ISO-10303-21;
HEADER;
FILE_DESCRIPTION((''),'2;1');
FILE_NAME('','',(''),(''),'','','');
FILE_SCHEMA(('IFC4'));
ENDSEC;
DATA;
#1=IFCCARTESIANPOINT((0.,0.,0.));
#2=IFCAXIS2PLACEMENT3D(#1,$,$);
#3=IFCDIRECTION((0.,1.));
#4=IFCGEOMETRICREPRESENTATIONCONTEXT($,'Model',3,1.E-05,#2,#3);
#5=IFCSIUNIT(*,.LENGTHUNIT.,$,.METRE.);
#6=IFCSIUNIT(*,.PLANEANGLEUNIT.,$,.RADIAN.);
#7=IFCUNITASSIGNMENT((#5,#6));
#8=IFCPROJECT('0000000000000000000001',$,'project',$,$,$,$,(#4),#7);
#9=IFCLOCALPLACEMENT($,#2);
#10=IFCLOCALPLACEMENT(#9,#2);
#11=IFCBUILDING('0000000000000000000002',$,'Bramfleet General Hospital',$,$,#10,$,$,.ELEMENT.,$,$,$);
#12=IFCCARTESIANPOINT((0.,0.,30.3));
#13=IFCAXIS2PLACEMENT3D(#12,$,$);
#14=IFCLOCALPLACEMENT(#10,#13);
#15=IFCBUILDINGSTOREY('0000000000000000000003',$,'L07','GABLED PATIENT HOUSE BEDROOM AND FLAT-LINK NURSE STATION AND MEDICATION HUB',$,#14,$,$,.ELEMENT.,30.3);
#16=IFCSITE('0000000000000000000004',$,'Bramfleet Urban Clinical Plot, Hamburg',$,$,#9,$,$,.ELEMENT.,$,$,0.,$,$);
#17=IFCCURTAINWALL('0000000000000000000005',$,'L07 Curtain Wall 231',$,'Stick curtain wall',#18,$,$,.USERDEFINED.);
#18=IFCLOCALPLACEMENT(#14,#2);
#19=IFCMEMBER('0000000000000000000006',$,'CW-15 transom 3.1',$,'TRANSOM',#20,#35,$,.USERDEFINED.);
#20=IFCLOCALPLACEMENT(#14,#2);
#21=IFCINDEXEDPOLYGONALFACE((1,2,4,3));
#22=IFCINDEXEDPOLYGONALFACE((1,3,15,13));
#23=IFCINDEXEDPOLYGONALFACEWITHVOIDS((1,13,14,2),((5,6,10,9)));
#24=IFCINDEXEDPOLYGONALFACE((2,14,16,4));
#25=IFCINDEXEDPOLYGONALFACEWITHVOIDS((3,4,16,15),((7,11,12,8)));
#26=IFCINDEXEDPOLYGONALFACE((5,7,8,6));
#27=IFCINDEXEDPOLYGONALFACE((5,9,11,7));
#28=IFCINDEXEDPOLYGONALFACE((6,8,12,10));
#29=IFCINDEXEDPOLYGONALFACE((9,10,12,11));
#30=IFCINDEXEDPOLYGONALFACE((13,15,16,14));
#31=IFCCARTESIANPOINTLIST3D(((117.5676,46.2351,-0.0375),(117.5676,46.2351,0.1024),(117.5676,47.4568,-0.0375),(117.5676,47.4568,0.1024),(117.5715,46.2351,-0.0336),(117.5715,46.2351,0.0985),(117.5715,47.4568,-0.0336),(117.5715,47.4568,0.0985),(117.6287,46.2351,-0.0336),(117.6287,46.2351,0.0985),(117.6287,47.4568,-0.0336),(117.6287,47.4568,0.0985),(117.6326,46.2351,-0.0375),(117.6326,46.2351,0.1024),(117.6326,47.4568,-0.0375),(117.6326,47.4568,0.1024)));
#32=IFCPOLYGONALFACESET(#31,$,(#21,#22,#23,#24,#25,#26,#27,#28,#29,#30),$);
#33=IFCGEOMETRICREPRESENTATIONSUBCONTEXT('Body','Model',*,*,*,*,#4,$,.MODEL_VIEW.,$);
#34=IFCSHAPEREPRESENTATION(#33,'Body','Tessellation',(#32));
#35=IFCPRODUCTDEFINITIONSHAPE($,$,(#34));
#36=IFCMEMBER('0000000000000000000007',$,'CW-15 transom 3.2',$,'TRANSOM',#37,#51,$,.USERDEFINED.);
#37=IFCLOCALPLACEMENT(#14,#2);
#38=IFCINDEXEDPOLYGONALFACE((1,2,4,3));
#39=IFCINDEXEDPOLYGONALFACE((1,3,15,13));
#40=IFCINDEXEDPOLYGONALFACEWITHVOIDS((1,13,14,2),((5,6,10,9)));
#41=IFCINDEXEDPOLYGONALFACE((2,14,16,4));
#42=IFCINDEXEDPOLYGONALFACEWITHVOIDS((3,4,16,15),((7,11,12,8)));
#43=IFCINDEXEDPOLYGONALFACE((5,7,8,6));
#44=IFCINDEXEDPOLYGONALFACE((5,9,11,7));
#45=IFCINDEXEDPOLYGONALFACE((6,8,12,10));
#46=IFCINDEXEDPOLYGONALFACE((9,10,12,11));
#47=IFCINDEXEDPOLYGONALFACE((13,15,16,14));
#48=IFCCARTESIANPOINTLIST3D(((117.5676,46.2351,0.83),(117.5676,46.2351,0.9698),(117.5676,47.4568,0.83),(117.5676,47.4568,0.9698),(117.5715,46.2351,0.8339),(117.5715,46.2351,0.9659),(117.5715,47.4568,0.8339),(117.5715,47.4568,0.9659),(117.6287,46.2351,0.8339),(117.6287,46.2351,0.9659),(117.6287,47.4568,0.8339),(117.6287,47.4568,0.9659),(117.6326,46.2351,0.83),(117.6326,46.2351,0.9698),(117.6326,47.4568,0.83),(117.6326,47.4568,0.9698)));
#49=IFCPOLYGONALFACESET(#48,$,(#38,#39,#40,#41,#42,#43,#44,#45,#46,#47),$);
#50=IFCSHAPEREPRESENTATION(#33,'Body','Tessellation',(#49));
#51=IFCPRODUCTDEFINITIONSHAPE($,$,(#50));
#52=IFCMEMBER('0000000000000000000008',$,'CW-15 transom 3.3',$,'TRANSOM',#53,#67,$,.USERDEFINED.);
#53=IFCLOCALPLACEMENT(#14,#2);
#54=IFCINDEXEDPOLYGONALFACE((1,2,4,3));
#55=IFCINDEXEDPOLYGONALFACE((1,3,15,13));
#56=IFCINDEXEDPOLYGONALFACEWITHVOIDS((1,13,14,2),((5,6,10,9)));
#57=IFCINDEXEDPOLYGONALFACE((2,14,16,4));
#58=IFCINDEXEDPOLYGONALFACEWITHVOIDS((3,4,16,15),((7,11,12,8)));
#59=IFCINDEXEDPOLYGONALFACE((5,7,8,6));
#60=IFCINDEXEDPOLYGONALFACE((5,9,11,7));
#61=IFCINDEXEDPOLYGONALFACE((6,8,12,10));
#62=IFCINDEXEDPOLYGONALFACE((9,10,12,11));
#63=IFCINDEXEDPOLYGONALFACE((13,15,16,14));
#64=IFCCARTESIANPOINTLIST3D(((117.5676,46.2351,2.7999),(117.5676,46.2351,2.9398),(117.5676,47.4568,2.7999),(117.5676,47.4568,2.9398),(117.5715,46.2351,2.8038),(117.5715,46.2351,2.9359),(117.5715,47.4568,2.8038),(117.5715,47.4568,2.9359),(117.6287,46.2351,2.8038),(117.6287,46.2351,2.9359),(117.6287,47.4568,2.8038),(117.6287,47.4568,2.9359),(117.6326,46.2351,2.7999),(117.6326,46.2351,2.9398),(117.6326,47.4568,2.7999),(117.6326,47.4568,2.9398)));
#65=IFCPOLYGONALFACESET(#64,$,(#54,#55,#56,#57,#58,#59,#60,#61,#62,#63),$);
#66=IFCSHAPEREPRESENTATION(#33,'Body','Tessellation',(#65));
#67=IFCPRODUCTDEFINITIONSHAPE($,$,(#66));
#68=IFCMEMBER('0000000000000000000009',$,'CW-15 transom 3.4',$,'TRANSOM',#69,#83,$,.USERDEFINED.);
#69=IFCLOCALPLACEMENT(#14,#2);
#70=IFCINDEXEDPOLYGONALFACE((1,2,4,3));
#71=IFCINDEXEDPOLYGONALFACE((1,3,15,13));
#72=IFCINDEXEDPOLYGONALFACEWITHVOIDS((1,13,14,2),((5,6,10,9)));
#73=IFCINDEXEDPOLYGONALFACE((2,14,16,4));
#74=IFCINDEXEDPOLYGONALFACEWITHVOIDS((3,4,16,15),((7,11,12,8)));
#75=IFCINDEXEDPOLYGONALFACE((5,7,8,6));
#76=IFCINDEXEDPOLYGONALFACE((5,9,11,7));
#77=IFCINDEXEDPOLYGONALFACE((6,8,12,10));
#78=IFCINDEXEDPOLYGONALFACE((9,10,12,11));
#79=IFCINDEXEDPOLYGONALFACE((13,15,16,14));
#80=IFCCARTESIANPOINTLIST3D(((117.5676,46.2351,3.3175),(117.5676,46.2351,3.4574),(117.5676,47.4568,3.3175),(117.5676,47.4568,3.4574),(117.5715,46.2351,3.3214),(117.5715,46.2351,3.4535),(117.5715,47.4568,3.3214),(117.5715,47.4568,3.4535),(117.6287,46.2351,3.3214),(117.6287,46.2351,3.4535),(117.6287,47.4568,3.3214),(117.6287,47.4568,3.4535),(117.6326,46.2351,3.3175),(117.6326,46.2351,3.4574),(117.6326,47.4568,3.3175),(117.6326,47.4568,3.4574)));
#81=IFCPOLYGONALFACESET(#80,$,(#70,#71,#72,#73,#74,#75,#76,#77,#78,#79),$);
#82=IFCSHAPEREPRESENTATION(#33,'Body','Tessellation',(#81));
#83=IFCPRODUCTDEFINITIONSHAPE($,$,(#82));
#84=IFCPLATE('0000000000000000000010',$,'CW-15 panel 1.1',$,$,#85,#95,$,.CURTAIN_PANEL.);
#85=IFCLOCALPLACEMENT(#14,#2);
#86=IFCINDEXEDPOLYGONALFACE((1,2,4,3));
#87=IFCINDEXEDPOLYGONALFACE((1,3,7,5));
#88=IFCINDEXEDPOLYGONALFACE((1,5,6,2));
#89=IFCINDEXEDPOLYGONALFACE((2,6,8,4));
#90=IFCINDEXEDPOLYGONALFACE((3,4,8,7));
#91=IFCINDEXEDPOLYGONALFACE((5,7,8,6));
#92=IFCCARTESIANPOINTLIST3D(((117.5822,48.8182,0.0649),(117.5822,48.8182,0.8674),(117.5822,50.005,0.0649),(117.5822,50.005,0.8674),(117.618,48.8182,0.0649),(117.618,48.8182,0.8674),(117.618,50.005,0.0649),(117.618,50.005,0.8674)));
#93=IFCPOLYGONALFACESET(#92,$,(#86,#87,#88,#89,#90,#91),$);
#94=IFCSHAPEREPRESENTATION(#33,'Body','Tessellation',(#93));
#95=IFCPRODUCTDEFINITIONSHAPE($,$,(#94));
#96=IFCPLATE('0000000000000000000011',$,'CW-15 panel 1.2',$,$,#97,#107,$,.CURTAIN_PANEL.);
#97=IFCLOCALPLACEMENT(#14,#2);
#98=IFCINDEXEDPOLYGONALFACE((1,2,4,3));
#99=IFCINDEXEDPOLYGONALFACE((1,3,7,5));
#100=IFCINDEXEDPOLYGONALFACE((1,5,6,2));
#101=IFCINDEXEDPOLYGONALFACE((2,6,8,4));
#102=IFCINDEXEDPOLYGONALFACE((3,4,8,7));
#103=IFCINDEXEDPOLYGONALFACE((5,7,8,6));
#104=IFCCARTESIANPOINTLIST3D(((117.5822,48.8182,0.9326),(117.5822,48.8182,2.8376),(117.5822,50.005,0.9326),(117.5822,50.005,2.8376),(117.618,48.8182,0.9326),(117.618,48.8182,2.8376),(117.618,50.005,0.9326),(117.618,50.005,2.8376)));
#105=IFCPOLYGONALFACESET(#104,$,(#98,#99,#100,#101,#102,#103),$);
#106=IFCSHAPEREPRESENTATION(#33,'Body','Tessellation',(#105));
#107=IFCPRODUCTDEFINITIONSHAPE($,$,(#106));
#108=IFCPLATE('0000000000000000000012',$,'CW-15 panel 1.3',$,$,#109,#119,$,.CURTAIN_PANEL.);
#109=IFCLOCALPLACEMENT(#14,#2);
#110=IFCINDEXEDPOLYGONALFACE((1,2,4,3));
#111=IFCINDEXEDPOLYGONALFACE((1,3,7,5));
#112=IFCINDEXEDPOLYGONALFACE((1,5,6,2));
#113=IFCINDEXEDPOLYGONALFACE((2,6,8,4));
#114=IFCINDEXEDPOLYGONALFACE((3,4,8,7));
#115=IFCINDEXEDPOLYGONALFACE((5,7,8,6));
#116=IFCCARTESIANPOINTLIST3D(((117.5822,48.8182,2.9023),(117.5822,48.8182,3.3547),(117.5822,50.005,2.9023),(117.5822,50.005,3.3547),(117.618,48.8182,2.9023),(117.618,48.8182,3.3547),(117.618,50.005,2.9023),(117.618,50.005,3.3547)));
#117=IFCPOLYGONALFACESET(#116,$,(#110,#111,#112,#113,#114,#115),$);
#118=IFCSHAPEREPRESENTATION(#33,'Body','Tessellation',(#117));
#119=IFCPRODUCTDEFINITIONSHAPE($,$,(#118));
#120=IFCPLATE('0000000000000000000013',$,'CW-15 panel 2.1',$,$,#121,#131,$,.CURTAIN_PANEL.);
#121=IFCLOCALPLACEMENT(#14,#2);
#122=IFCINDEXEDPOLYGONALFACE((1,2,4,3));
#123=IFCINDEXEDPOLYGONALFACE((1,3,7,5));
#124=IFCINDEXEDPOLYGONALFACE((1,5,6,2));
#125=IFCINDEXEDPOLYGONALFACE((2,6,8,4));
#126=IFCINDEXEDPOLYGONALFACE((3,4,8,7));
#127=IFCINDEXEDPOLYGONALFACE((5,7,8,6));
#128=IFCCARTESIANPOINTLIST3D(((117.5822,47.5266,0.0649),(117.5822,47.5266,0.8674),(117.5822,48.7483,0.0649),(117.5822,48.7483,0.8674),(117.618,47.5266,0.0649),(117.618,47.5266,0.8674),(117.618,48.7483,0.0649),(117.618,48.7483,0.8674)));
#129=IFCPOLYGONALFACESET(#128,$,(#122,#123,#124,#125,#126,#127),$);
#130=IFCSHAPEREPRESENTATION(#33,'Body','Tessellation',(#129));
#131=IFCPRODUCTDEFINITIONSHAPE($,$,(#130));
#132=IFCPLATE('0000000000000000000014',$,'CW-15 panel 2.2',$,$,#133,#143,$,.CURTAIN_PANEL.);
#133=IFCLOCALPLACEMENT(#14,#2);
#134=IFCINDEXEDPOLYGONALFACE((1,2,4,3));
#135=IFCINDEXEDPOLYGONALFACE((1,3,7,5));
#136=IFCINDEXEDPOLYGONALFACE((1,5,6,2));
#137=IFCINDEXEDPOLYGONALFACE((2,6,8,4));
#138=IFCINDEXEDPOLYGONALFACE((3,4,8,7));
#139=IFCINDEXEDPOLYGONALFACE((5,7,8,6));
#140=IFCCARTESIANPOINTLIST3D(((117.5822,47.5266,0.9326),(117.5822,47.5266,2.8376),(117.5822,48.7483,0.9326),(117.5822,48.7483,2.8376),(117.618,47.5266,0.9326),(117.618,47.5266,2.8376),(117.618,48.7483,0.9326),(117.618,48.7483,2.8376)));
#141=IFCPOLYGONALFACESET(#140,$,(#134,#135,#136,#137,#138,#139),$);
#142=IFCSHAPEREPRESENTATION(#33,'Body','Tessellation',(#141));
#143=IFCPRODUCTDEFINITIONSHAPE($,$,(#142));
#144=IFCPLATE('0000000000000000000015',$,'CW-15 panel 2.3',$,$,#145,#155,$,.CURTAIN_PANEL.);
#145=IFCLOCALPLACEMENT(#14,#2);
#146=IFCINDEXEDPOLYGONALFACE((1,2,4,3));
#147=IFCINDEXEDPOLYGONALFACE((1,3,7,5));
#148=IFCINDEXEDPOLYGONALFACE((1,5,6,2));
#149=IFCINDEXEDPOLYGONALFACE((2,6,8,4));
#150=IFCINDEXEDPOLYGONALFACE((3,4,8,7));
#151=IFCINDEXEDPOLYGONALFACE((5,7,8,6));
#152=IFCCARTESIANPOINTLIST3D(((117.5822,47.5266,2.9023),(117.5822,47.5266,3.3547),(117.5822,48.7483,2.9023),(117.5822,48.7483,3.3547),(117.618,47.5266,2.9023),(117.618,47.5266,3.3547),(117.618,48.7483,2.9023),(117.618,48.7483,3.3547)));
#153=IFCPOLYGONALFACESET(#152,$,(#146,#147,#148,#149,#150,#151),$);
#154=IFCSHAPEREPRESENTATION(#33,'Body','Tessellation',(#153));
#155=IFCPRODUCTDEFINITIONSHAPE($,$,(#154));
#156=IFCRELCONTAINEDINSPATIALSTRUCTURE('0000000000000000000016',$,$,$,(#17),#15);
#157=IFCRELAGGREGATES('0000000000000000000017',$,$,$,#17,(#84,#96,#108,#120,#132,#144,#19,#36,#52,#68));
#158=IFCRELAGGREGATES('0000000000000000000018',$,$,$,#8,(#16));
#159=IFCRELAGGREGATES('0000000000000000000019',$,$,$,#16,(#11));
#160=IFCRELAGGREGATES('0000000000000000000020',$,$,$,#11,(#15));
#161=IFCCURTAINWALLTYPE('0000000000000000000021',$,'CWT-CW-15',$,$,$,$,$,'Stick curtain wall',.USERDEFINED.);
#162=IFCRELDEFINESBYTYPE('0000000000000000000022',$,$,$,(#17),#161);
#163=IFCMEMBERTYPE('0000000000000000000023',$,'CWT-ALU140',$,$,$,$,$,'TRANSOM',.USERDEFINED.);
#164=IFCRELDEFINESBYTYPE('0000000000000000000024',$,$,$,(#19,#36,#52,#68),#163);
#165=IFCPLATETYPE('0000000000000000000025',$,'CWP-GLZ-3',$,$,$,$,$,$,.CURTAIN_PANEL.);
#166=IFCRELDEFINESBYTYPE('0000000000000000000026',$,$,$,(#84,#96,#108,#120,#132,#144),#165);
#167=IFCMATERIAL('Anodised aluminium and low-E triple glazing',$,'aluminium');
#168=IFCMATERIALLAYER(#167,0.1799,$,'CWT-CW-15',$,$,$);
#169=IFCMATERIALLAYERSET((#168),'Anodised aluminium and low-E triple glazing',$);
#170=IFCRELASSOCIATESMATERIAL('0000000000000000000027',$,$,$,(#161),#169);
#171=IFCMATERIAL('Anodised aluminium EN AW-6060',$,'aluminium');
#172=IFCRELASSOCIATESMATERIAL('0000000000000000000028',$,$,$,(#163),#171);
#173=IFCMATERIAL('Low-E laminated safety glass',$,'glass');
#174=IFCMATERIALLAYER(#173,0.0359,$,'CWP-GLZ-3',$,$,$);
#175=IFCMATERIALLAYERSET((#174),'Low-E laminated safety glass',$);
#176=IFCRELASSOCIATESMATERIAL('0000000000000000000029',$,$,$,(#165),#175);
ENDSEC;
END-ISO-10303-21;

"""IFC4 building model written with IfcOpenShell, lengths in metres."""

from ifc_helpers import new_model, si_unit, direction, frame, origin, origin_2d, place, context, subcontext, project, spatial, rectangle, hollow_rectangle, extrude, material, layer, layer_set, material_profile, profile_set, type_object, element, aggregate, save


model = new_model("IFC4")

# Units and contexts
model_context = context("Model", 3, precision=1e-05, world=origin(), true_north=direction((0.0, 1.0)))
body_context = subcontext(model_context, "Body", "Model", "MODEL_VIEW")
ifc_project = project(units=[si_unit("LENGTHUNIT", "METRE"), si_unit("PLANEANGLEUNIT", "RADIAN")], contexts=[model_context])

# Site, building, storey
site_placement = place(None, origin())
site = spatial("IfcSite", under=ifc_project, at=site_placement, Name="Bramfleet Urban Clinical Plot, Hamburg", CompositionType="ELEMENT", RefElevation=0.0)
building_placement = place(site_placement, origin())
building = spatial("IfcBuilding", under=site, at=building_placement, Name="Bramfleet General Hospital", CompositionType="ELEMENT")
storey_placement = place(building_placement, frame((0.0, 0.0, 30.3)))
storey = spatial("IfcBuildingStorey", under=building, at=storey_placement, Name="L07", Description="GABLED PATIENT HOUSE BEDROOM AND FLAT-LINK NURSE STATION AND MEDICATION HUB", CompositionType="ELEMENT", Elevation=30.3)

# Curtain wall, members, plates
ifc_material_1 = material(Name="Anodised aluminium and low-E triple glazing", Category="aluminium")
ifc_layer_1 = layer(ifc_material_1, 0.1799, Name="CWT-CW-15")
ifc_layer_set_1 = layer_set([ifc_layer_1], Name="Anodised aluminium and low-E triple glazing")
curtain_wall_type = type_object("IfcCurtainWallType", Name="CWT-CW-15", ElementType="Stick curtain wall", PredefinedType="USERDEFINED", material=ifc_layer_set_1)
curtain_wall_placement = place(storey_placement, origin())
curtain_wall = element("IfcCurtainWall", 1, at=curtain_wall_placement, inside=storey, type_object=curtain_wall_type, Name="L07 Curtain Wall 231", ObjectType="Stick curtain wall", PredefinedType="USERDEFINED")
ifc_material_2 = material(Name="Anodised aluminium EN AW-6060", Category="aluminium")
ifc_material_profile_1 = material_profile(ifc_material_2, hollow_rectangle(XDim=0.0649, YDim=0.1399, WallThickness=0.0039, at=origin_2d()), Name="ALU 140x65x4.0")
ifc_profile_set_1 = profile_set([ifc_material_profile_1], Name="Anodised aluminium EN AW-6060")
member_type_1 = type_object("IfcMemberType", Name="CWT-ALU140", ElementType="TRANSOM", PredefinedType="USERDEFINED", material=ifc_profile_set_1)
member_1_placement = place(storey_placement, frame((117.6001, 47.4568, 0.0325), z_axis=(0.0, -1.0, 0.0), x_axis=(1.0, 0.0, 0.0)))
member_1 = element("IfcMember", 2, at=member_1_placement, type_object=member_type_1, Name="CW-15 transom 3.1", ObjectType="TRANSOM", PredefinedType="USERDEFINED", context=body_context, shape_type="SweptSolid", body=[
    extrude(hollow_rectangle(XDim=0.0649, YDim=0.1399, WallThickness=0.0039, at=origin_2d()), origin(), (0.0, 0.0, 1.0), 1.2217),
])
member_2_placement = place(storey_placement, frame((117.6001, 47.4568, 0.8999), z_axis=(0.0, -1.0, 0.0), x_axis=(1.0, 0.0, 0.0)))
member_2 = element("IfcMember", 3, at=member_2_placement, type_object=member_type_1, Name="CW-15 transom 3.2", ObjectType="TRANSOM", PredefinedType="USERDEFINED", context=body_context, shape_type="SweptSolid", body=[
    extrude(hollow_rectangle(XDim=0.0649, YDim=0.1399, WallThickness=0.0039, at=origin_2d()), origin(), (0.0, 0.0, 1.0), 1.2217),
])
member_3_placement = place(storey_placement, frame((117.6001, 47.4568, 2.8699), z_axis=(0.0, -1.0, 0.0), x_axis=(1.0, 0.0, 0.0)))
member_3 = element("IfcMember", 4, at=member_3_placement, type_object=member_type_1, Name="CW-15 transom 3.3", ObjectType="TRANSOM", PredefinedType="USERDEFINED", context=body_context, shape_type="SweptSolid", body=[
    extrude(hollow_rectangle(XDim=0.0649, YDim=0.1399, WallThickness=0.0039, at=origin_2d()), origin(), (0.0, 0.0, 1.0), 1.2217),
])
member_4_placement = place(storey_placement, frame((117.6001, 47.4568, 3.3875), z_axis=(0.0, -1.0, 0.0), x_axis=(1.0, 0.0, 0.0)))
member_4 = element("IfcMember", 5, at=member_4_placement, type_object=member_type_1, Name="CW-15 transom 3.4", ObjectType="TRANSOM", PredefinedType="USERDEFINED", context=body_context, shape_type="SweptSolid", body=[
    extrude(hollow_rectangle(XDim=0.0649, YDim=0.1399, WallThickness=0.0039, at=origin_2d()), origin(), (0.0, 0.0, 1.0), 1.2217),
])
ifc_material_3 = material(Name="Low-E laminated safety glass", Category="glass")
ifc_layer_2 = layer(ifc_material_3, 0.0359, Name="CWP-GLZ-3")
ifc_layer_set_2 = layer_set([ifc_layer_2], Name="Low-E laminated safety glass")
plate_type = type_object("IfcPlateType", Name="CWP-GLZ-3", PredefinedType="CURTAIN_PANEL", material=ifc_layer_set_2)
plate_1_placement = place(storey_placement, frame((117.6001, 49.4116, 0.0649), z_axis=(0.0, 0.0, 1.0), x_axis=(0.0, -1.0, 0.0)))
plate_1 = element("IfcPlate", 6, at=plate_1_placement, type_object=plate_type, Name="CW-15 panel 1.1", PredefinedType="CURTAIN_PANEL", context=body_context, shape_type="SweptSolid", body=[
    extrude(rectangle(XDim=1.1868, YDim=0.0359, at=origin_2d()), origin(), (0.0, 0.0, 1.0), 0.8025),
])
plate_2_placement = place(storey_placement, frame((117.6001, 49.4116, 0.9326), z_axis=(0.0, 0.0, 1.0), x_axis=(0.0, -1.0, 0.0)))
plate_2 = element("IfcPlate", 7, at=plate_2_placement, type_object=plate_type, Name="CW-15 panel 1.2", PredefinedType="CURTAIN_PANEL", context=body_context, shape_type="SweptSolid", body=[
    extrude(rectangle(XDim=1.1868, YDim=0.0359, at=origin_2d()), origin(), (0.0, 0.0, 1.0), 1.905),
])
plate_3_placement = place(storey_placement, frame((117.6001, 49.4116, 2.9023), z_axis=(0.0, 0.0, 1.0), x_axis=(0.0, -1.0, 0.0)))
plate_3 = element("IfcPlate", 8, at=plate_3_placement, type_object=plate_type, Name="CW-15 panel 1.3", PredefinedType="CURTAIN_PANEL", context=body_context, shape_type="SweptSolid", body=[
    extrude(rectangle(XDim=1.1868, YDim=0.0359, at=origin_2d()), origin(), (0.0, 0.0, 1.0), 0.4524),
])
plate_4_placement = place(storey_placement, frame((117.6001, 48.1375, 0.0649), z_axis=(0.0, 0.0, 1.0), x_axis=(0.0, -1.0, 0.0)))
plate_4 = element("IfcPlate", 9, at=plate_4_placement, type_object=plate_type, Name="CW-15 panel 2.1", PredefinedType="CURTAIN_PANEL", context=body_context, shape_type="SweptSolid", body=[
    extrude(rectangle(XDim=1.2217, YDim=0.0359, at=origin_2d()), origin(), (0.0, 0.0, 1.0), 0.8025),
])
plate_5_placement = place(storey_placement, frame((117.6001, 48.1375, 0.9326), z_axis=(0.0, 0.0, 1.0), x_axis=(0.0, -1.0, 0.0)))
plate_5 = element("IfcPlate", 10, at=plate_5_placement, type_object=plate_type, Name="CW-15 panel 2.2", PredefinedType="CURTAIN_PANEL", context=body_context, shape_type="SweptSolid", body=[
    extrude(rectangle(XDim=1.2217, YDim=0.0359, at=origin_2d()), origin(), (0.0, 0.0, 1.0), 1.905),
])
plate_6_placement = place(storey_placement, frame((117.6001, 48.1375, 2.9023), z_axis=(0.0, 0.0, 1.0), x_axis=(0.0, -1.0, 0.0)))
plate_6 = element("IfcPlate", 11, at=plate_6_placement, type_object=plate_type, Name="CW-15 panel 2.3", PredefinedType="CURTAIN_PANEL", context=body_context, shape_type="SweptSolid", body=[
    extrude(rectangle(XDim=1.2217, YDim=0.0359, at=origin_2d()), origin(), (0.0, 0.0, 1.0), 0.4524),
])
aggregate(curtain_wall, [plate_1, plate_2, plate_3, plate_4, plate_5, plate_6, member_1, member_2, member_3, member_4])

save(model, "model.ifc")
